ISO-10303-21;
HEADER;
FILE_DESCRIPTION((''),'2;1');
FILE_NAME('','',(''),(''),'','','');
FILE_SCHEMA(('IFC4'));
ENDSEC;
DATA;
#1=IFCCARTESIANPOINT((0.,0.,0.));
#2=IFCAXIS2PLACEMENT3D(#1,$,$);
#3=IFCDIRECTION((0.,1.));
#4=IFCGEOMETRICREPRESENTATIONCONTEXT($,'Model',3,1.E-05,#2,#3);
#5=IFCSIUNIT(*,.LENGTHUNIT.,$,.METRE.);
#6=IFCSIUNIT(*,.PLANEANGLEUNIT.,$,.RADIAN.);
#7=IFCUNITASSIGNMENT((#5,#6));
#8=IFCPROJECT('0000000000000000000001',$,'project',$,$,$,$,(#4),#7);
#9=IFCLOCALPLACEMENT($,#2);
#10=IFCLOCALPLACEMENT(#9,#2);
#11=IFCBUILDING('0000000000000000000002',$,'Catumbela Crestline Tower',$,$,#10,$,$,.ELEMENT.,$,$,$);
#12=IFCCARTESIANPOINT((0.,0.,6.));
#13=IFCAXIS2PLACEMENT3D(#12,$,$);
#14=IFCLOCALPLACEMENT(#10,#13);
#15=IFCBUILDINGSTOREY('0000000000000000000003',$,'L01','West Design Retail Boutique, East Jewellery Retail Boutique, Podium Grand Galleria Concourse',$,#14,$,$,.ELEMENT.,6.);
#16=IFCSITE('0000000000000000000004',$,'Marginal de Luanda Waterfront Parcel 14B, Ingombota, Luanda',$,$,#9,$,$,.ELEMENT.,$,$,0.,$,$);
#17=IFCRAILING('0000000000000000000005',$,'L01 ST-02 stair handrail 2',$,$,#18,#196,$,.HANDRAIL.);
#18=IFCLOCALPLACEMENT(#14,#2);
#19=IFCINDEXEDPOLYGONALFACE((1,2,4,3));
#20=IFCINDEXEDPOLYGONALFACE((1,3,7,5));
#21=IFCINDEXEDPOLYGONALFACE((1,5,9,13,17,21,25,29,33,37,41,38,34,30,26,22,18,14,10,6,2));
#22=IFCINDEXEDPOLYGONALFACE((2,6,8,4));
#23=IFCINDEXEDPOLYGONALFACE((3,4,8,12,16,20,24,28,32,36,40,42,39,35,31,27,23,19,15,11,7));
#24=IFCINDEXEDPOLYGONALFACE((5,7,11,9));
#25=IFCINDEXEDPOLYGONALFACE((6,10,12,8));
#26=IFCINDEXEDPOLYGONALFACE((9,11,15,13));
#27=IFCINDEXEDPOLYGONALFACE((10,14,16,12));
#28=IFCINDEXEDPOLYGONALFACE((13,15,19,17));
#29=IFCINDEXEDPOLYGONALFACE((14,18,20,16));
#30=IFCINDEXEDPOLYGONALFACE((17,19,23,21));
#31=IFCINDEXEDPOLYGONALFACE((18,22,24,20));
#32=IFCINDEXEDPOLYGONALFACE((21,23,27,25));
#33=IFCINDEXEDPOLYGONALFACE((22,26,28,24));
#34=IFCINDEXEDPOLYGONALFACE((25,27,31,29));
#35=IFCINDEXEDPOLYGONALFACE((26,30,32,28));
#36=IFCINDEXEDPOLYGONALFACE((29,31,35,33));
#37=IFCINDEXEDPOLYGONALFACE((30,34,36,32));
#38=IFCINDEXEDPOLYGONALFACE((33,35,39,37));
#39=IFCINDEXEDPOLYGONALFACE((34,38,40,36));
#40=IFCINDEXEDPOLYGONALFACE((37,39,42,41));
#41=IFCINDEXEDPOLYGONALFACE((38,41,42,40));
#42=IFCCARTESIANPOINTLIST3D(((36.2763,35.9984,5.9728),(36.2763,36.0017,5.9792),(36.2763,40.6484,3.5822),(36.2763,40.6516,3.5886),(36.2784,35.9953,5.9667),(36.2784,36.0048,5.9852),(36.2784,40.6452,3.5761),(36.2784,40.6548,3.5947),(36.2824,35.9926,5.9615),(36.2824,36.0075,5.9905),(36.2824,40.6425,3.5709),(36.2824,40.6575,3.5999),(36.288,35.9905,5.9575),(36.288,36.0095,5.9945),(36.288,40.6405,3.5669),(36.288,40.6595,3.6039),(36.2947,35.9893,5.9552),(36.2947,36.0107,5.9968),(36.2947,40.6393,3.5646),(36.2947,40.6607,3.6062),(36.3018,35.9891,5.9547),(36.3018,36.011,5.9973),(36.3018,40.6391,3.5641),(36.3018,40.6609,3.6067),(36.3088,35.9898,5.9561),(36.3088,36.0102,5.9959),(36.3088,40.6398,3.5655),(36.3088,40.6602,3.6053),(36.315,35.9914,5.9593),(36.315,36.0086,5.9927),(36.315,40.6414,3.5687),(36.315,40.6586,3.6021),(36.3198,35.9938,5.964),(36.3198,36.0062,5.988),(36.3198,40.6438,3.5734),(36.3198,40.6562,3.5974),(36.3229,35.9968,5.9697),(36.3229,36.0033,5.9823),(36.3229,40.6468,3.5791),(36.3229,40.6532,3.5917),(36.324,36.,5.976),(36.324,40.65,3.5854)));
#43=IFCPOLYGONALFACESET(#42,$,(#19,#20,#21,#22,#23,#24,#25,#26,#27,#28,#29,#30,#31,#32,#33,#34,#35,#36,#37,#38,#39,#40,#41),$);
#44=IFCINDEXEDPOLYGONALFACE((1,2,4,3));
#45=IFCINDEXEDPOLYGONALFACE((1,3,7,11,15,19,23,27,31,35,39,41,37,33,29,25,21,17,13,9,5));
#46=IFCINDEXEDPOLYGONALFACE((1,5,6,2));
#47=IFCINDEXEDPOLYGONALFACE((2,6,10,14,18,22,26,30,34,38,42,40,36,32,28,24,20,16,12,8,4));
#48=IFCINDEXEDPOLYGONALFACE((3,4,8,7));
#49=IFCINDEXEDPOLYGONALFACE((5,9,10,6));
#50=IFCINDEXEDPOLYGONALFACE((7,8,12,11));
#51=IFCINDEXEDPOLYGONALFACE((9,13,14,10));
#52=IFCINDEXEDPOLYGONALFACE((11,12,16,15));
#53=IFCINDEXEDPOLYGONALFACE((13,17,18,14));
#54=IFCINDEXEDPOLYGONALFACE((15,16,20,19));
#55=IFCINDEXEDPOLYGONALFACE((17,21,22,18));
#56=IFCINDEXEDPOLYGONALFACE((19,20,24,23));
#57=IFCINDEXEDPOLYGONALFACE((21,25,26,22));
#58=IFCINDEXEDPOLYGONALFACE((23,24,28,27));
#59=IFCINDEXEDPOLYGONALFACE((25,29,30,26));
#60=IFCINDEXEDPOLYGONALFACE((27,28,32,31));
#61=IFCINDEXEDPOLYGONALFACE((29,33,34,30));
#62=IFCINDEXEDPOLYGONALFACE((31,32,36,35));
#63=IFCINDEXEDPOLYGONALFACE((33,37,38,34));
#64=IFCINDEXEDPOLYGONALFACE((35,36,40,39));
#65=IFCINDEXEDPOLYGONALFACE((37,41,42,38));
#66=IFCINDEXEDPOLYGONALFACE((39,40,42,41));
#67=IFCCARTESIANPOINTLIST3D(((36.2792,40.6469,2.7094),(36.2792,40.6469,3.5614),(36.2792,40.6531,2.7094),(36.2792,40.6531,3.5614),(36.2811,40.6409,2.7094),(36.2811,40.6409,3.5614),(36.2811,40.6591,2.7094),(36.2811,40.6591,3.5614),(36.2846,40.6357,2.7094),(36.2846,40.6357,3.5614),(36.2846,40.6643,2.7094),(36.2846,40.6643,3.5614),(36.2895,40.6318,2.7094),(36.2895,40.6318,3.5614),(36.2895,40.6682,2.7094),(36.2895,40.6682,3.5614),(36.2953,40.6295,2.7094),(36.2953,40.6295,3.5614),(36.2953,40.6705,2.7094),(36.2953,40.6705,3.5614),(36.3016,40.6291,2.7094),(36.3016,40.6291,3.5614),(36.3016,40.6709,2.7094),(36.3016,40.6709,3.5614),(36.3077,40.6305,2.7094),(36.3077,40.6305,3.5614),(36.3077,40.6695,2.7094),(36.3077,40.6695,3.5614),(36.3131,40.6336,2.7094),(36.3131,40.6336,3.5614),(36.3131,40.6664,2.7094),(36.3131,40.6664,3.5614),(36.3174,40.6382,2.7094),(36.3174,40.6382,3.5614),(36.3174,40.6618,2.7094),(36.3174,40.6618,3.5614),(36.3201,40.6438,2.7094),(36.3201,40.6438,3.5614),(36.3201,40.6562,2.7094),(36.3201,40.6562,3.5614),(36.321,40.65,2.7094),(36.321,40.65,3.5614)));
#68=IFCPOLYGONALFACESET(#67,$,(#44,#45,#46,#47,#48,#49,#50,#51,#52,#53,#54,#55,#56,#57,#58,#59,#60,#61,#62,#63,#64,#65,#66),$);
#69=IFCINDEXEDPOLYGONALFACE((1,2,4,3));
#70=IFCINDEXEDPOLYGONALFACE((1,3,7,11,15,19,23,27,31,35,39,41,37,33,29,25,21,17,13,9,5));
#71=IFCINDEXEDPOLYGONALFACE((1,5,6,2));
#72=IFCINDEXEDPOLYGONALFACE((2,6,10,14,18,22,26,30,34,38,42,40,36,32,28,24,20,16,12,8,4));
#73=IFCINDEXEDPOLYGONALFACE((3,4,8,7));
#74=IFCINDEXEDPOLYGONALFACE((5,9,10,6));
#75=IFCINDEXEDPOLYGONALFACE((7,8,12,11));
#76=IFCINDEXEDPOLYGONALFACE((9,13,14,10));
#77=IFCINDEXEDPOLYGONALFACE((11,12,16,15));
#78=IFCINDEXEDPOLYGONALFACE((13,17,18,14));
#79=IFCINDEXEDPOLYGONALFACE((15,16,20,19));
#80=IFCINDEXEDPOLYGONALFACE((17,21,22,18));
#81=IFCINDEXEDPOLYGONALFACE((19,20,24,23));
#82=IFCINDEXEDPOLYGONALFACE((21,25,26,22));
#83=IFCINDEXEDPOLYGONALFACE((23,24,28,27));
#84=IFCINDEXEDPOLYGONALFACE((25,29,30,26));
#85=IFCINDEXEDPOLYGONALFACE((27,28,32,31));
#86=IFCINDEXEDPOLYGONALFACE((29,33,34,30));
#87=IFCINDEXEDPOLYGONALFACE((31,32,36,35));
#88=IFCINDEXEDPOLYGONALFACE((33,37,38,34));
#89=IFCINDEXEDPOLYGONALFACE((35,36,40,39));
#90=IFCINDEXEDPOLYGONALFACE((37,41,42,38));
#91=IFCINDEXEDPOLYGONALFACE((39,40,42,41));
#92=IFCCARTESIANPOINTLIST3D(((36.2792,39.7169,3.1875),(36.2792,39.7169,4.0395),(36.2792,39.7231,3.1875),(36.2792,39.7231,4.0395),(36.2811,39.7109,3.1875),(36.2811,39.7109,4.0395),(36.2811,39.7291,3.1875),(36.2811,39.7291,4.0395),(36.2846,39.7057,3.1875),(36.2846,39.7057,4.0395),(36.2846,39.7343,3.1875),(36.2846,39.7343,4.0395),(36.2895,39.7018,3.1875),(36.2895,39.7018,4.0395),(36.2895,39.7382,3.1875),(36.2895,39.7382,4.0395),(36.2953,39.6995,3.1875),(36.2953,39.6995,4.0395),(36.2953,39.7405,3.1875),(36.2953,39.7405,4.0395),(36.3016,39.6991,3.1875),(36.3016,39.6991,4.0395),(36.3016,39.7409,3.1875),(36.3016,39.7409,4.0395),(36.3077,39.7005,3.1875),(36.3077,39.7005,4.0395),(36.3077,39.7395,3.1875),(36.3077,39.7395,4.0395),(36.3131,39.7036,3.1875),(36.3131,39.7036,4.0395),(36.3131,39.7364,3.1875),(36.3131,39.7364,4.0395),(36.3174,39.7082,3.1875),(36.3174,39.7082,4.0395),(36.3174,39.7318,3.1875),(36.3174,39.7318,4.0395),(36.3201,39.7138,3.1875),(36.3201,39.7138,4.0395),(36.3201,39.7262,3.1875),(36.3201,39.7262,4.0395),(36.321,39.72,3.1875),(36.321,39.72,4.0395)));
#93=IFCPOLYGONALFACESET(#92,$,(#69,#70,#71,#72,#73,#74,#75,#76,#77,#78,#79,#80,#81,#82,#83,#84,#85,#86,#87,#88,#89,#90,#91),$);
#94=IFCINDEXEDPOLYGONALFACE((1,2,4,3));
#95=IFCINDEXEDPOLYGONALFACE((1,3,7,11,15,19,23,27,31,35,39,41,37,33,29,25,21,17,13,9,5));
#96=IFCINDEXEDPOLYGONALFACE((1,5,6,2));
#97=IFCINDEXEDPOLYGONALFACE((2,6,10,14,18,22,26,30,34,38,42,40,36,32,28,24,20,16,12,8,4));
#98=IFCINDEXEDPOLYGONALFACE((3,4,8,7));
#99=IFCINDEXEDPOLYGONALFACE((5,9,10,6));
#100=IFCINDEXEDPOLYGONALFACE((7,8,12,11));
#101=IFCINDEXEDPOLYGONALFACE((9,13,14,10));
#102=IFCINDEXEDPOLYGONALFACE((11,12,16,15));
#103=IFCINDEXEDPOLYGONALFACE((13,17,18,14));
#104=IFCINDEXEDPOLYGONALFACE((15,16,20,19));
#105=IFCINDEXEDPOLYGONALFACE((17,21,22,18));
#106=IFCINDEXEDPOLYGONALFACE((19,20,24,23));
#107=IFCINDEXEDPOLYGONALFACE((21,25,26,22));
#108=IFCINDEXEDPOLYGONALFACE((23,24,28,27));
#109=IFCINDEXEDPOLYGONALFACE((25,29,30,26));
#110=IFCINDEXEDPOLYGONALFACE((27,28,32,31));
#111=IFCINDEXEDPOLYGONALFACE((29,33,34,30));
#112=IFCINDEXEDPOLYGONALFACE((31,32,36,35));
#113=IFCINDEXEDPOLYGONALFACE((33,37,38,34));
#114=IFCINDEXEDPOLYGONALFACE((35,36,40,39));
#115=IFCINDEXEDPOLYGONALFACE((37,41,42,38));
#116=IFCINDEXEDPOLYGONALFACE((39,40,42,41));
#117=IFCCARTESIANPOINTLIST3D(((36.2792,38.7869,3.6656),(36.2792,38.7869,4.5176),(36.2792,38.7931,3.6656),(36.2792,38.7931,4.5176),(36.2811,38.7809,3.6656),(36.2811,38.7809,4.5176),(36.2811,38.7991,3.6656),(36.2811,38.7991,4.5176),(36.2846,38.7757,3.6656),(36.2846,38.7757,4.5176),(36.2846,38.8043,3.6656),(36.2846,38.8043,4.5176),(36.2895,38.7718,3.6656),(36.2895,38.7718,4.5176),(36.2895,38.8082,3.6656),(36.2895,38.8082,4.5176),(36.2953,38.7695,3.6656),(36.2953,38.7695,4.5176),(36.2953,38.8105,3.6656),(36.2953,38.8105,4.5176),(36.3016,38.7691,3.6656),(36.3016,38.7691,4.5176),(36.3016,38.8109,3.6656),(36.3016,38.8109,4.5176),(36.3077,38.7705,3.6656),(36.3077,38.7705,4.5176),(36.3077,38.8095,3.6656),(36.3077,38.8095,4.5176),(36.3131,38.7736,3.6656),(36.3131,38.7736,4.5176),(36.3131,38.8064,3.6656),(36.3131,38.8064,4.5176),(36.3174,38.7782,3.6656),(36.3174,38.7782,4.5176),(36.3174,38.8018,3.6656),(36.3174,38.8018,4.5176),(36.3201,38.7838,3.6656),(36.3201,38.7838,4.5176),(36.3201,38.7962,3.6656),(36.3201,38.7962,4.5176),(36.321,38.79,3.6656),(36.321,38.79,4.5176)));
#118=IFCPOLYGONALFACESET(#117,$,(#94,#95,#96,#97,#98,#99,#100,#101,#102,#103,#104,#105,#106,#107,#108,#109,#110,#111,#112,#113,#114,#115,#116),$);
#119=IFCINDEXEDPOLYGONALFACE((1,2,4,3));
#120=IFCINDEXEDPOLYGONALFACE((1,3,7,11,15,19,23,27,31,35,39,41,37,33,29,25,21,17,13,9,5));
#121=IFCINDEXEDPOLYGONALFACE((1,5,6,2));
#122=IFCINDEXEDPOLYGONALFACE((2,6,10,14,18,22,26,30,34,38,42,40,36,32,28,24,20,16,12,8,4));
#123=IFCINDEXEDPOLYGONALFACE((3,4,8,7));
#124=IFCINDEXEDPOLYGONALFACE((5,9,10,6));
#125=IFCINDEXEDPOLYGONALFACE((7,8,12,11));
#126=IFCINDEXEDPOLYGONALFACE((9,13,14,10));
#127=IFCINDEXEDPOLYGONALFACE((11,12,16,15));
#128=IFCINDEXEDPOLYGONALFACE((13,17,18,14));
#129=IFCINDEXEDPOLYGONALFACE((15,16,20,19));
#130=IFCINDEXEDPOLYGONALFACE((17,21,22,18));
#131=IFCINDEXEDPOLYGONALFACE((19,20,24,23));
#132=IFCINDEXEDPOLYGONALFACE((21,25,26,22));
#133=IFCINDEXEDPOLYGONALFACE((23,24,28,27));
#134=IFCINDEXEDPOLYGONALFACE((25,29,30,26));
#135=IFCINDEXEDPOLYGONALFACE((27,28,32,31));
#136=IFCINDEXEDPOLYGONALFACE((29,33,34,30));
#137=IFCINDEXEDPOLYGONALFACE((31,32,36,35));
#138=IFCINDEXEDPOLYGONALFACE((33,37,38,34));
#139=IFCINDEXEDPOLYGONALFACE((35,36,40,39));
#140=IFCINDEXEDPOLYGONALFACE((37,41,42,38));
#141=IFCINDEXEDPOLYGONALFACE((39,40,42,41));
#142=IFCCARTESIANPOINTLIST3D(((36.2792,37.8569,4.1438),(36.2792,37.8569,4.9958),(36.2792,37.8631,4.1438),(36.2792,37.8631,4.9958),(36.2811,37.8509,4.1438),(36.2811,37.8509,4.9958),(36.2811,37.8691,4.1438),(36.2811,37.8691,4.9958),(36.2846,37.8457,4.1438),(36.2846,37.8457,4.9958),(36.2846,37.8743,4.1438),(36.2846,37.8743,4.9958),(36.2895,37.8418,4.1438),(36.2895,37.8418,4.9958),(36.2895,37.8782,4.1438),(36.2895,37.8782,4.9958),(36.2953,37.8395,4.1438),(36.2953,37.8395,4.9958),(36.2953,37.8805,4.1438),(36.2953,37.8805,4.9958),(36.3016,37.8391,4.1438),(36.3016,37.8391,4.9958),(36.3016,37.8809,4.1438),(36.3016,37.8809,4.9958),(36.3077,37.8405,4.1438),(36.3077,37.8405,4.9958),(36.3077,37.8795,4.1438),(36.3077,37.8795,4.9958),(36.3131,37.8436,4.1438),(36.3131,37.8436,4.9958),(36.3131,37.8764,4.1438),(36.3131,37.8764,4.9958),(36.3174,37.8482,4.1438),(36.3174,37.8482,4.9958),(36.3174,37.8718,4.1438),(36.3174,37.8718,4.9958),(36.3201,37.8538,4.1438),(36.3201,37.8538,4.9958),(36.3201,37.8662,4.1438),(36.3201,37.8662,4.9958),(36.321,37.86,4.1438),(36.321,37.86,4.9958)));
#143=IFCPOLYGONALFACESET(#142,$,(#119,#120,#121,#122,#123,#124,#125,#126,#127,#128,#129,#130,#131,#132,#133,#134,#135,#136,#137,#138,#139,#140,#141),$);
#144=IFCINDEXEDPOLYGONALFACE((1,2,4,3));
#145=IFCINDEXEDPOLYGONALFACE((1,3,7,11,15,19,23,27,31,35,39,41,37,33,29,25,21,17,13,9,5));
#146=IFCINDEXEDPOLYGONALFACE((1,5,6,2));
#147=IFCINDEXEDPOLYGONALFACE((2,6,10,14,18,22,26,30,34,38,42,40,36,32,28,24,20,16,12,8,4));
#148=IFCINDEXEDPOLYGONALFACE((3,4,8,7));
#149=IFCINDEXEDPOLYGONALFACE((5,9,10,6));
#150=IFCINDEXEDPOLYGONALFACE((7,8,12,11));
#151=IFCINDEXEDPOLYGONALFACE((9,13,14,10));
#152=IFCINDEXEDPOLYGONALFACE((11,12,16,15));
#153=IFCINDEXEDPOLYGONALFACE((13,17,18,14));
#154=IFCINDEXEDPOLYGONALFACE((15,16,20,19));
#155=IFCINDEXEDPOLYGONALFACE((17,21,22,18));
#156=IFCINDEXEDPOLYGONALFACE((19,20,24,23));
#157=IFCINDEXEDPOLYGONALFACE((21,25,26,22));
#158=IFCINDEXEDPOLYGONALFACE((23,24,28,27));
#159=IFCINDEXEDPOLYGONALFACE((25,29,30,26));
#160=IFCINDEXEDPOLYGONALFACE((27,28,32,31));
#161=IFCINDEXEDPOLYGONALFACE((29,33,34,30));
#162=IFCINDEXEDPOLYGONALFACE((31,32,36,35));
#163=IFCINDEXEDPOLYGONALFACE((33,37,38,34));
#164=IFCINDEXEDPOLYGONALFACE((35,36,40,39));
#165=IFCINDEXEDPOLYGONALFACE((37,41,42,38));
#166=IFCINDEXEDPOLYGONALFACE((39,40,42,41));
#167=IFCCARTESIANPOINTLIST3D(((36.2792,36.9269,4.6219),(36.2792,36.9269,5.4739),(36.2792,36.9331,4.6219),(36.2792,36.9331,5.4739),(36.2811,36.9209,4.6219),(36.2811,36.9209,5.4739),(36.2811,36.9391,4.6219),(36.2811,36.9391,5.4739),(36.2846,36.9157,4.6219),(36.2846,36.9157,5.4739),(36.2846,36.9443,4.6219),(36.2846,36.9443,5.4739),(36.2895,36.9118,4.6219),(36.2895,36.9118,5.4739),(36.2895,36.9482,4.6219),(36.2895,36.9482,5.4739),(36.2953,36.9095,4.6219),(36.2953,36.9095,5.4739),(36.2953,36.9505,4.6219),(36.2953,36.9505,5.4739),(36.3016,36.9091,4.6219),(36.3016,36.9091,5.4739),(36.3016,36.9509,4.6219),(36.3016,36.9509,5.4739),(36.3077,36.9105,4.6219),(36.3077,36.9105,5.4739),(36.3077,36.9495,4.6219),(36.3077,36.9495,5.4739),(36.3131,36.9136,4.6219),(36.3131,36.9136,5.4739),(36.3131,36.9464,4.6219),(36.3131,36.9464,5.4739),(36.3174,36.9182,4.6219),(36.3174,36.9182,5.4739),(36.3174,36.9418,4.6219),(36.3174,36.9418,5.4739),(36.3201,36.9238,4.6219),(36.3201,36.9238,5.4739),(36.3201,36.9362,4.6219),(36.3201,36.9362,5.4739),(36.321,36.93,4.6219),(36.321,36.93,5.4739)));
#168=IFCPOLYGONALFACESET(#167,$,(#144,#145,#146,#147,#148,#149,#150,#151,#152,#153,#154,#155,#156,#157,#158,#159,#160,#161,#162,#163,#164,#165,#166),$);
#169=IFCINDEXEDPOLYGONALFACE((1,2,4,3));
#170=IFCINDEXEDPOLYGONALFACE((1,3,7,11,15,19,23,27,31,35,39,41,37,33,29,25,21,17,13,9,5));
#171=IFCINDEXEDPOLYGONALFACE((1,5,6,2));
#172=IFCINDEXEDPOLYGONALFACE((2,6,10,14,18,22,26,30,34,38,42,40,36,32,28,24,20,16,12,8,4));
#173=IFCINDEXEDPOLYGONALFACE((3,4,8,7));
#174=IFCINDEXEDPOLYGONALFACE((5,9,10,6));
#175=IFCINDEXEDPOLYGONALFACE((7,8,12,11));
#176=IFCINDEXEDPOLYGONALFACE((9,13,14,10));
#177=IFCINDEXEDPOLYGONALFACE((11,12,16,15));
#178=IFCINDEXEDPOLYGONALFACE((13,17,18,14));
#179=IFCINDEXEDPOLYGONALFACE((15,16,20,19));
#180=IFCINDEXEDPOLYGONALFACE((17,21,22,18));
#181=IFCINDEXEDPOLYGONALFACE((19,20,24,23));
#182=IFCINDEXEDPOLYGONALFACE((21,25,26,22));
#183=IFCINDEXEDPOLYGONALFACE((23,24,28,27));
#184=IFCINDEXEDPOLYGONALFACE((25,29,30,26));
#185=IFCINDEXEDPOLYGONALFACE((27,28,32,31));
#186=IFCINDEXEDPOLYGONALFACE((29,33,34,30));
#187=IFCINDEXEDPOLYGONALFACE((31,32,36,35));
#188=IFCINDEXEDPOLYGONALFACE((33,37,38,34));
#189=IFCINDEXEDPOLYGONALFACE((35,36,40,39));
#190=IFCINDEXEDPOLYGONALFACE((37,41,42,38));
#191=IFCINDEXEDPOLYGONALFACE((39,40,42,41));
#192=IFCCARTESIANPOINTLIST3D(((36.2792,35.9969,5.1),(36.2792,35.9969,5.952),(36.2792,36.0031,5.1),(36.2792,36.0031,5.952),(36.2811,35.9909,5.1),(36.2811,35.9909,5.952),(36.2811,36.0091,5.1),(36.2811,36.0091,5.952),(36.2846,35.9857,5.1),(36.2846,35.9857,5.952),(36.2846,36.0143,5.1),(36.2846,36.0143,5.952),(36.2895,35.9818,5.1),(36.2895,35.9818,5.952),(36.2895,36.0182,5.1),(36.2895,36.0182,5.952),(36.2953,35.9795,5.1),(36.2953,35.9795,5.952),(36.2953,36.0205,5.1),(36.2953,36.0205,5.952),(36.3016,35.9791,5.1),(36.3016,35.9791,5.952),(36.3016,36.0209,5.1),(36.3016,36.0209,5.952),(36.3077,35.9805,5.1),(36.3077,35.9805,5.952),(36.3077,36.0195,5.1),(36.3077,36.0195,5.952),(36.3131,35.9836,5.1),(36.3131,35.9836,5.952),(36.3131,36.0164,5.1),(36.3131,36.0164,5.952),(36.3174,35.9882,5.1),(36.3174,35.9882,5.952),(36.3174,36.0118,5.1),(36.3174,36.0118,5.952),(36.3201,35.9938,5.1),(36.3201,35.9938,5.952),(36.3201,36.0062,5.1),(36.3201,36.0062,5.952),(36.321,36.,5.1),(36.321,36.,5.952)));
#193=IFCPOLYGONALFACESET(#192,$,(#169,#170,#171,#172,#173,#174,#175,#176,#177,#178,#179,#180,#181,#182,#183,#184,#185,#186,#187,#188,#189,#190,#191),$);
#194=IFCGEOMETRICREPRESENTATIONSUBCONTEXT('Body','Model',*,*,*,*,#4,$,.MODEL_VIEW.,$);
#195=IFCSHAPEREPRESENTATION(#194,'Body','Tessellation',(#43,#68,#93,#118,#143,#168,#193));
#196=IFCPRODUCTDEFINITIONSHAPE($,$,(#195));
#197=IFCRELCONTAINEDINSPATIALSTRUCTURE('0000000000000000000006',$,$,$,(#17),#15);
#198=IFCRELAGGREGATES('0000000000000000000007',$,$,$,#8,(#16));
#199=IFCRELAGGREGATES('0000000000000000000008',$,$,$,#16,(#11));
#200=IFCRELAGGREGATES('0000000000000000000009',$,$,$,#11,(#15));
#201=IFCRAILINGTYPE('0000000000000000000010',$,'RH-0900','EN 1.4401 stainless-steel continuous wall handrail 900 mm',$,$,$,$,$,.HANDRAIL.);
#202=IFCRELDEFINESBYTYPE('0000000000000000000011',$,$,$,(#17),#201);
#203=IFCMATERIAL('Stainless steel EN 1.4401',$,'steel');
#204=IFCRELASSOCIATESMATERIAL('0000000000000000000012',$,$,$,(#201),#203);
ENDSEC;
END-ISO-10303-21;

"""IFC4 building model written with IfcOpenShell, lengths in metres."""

from ifc_helpers import new_model, si_unit, direction, frame, origin, origin_2d, place, context, subcontext, project, spatial, circle, extrude, material, type_object, element, save


model = new_model("IFC4")

# Units and contexts
model_context = context("Model", 3, precision=1e-05, world=origin(), true_north=direction((0.0, 1.0)))
body_context = subcontext(model_context, "Body", "Model", "MODEL_VIEW")
ifc_project = project(units=[si_unit("LENGTHUNIT", "METRE"), si_unit("PLANEANGLEUNIT", "RADIAN")], contexts=[model_context])

# Site, building, storey
site_placement = place(None, origin())
site = spatial("IfcSite", under=ifc_project, at=site_placement, Name="Marginal de Luanda Waterfront Parcel 14B, Ingombota, Luanda", CompositionType="ELEMENT", RefElevation=0.0)
building_placement = place(site_placement, origin())
building = spatial("IfcBuilding", under=site, at=building_placement, Name="Catumbela Crestline Tower", CompositionType="ELEMENT")
storey_placement = place(building_placement, frame((0.0, 0.0, 6.0)))
storey = spatial("IfcBuildingStorey", under=building, at=storey_placement, Name="L01", Description="West Design Retail Boutique, East Jewellery Retail Boutique, Podium Grand Galleria Concourse", CompositionType="ELEMENT", Elevation=6.0)

# Shared definitions
ifc_material_1 = material(Name="Stainless steel EN 1.4401", Category="steel")

# Railing
railing_type_1 = type_object("IfcRailingType", Name="RH-0900", Description="EN 1.4401 stainless-steel continuous wall handrail 900 mm", PredefinedType="HANDRAIL", material=ifc_material_1)
railing_1_placement = place(storey_placement, frame((36.3, 40.65, 2.7094)))
element("IfcRailing", 1, at=railing_1_placement, inside=storey, type_object=railing_type_1, Name="L01 ST-02 stair handrail 2", PredefinedType="HANDRAIL", context=body_context, shape_type="SweptSolid", body=[
    extrude(circle(Radius=0.024, at=origin_2d()), frame((0.0, 0.0, 0.876), z_axis=(0.0, -0.889352, 0.457223), x_axis=(1.0, 0.0, 0.0)), (0.0, 0.0, 1.0), 5.2285),
    extrude(circle(Radius=0.021, at=origin_2d()), origin(), (0.0, 0.0, 1.0), 0.852),
    extrude(circle(Radius=0.021, at=origin_2d()), frame((0.0, -0.93, 0.4781)), (0.0, 0.0, 1.0), 0.852),
    extrude(circle(Radius=0.021, at=origin_2d()), frame((0.0, -1.86, 0.9562)), (0.0, 0.0, 1.0), 0.852),
    extrude(circle(Radius=0.021, at=origin_2d()), frame((0.0, -2.79, 1.4344)), (0.0, 0.0, 1.0), 0.852),
    extrude(circle(Radius=0.021, at=origin_2d()), frame((0.0, -3.72, 1.9125)), (0.0, 0.0, 1.0), 0.852),
    extrude(circle(Radius=0.021, at=origin_2d()), frame((0.0, -4.65, 2.3906)), (0.0, 0.0, 1.0), 0.852),
])

save(model, "model.ifc")
